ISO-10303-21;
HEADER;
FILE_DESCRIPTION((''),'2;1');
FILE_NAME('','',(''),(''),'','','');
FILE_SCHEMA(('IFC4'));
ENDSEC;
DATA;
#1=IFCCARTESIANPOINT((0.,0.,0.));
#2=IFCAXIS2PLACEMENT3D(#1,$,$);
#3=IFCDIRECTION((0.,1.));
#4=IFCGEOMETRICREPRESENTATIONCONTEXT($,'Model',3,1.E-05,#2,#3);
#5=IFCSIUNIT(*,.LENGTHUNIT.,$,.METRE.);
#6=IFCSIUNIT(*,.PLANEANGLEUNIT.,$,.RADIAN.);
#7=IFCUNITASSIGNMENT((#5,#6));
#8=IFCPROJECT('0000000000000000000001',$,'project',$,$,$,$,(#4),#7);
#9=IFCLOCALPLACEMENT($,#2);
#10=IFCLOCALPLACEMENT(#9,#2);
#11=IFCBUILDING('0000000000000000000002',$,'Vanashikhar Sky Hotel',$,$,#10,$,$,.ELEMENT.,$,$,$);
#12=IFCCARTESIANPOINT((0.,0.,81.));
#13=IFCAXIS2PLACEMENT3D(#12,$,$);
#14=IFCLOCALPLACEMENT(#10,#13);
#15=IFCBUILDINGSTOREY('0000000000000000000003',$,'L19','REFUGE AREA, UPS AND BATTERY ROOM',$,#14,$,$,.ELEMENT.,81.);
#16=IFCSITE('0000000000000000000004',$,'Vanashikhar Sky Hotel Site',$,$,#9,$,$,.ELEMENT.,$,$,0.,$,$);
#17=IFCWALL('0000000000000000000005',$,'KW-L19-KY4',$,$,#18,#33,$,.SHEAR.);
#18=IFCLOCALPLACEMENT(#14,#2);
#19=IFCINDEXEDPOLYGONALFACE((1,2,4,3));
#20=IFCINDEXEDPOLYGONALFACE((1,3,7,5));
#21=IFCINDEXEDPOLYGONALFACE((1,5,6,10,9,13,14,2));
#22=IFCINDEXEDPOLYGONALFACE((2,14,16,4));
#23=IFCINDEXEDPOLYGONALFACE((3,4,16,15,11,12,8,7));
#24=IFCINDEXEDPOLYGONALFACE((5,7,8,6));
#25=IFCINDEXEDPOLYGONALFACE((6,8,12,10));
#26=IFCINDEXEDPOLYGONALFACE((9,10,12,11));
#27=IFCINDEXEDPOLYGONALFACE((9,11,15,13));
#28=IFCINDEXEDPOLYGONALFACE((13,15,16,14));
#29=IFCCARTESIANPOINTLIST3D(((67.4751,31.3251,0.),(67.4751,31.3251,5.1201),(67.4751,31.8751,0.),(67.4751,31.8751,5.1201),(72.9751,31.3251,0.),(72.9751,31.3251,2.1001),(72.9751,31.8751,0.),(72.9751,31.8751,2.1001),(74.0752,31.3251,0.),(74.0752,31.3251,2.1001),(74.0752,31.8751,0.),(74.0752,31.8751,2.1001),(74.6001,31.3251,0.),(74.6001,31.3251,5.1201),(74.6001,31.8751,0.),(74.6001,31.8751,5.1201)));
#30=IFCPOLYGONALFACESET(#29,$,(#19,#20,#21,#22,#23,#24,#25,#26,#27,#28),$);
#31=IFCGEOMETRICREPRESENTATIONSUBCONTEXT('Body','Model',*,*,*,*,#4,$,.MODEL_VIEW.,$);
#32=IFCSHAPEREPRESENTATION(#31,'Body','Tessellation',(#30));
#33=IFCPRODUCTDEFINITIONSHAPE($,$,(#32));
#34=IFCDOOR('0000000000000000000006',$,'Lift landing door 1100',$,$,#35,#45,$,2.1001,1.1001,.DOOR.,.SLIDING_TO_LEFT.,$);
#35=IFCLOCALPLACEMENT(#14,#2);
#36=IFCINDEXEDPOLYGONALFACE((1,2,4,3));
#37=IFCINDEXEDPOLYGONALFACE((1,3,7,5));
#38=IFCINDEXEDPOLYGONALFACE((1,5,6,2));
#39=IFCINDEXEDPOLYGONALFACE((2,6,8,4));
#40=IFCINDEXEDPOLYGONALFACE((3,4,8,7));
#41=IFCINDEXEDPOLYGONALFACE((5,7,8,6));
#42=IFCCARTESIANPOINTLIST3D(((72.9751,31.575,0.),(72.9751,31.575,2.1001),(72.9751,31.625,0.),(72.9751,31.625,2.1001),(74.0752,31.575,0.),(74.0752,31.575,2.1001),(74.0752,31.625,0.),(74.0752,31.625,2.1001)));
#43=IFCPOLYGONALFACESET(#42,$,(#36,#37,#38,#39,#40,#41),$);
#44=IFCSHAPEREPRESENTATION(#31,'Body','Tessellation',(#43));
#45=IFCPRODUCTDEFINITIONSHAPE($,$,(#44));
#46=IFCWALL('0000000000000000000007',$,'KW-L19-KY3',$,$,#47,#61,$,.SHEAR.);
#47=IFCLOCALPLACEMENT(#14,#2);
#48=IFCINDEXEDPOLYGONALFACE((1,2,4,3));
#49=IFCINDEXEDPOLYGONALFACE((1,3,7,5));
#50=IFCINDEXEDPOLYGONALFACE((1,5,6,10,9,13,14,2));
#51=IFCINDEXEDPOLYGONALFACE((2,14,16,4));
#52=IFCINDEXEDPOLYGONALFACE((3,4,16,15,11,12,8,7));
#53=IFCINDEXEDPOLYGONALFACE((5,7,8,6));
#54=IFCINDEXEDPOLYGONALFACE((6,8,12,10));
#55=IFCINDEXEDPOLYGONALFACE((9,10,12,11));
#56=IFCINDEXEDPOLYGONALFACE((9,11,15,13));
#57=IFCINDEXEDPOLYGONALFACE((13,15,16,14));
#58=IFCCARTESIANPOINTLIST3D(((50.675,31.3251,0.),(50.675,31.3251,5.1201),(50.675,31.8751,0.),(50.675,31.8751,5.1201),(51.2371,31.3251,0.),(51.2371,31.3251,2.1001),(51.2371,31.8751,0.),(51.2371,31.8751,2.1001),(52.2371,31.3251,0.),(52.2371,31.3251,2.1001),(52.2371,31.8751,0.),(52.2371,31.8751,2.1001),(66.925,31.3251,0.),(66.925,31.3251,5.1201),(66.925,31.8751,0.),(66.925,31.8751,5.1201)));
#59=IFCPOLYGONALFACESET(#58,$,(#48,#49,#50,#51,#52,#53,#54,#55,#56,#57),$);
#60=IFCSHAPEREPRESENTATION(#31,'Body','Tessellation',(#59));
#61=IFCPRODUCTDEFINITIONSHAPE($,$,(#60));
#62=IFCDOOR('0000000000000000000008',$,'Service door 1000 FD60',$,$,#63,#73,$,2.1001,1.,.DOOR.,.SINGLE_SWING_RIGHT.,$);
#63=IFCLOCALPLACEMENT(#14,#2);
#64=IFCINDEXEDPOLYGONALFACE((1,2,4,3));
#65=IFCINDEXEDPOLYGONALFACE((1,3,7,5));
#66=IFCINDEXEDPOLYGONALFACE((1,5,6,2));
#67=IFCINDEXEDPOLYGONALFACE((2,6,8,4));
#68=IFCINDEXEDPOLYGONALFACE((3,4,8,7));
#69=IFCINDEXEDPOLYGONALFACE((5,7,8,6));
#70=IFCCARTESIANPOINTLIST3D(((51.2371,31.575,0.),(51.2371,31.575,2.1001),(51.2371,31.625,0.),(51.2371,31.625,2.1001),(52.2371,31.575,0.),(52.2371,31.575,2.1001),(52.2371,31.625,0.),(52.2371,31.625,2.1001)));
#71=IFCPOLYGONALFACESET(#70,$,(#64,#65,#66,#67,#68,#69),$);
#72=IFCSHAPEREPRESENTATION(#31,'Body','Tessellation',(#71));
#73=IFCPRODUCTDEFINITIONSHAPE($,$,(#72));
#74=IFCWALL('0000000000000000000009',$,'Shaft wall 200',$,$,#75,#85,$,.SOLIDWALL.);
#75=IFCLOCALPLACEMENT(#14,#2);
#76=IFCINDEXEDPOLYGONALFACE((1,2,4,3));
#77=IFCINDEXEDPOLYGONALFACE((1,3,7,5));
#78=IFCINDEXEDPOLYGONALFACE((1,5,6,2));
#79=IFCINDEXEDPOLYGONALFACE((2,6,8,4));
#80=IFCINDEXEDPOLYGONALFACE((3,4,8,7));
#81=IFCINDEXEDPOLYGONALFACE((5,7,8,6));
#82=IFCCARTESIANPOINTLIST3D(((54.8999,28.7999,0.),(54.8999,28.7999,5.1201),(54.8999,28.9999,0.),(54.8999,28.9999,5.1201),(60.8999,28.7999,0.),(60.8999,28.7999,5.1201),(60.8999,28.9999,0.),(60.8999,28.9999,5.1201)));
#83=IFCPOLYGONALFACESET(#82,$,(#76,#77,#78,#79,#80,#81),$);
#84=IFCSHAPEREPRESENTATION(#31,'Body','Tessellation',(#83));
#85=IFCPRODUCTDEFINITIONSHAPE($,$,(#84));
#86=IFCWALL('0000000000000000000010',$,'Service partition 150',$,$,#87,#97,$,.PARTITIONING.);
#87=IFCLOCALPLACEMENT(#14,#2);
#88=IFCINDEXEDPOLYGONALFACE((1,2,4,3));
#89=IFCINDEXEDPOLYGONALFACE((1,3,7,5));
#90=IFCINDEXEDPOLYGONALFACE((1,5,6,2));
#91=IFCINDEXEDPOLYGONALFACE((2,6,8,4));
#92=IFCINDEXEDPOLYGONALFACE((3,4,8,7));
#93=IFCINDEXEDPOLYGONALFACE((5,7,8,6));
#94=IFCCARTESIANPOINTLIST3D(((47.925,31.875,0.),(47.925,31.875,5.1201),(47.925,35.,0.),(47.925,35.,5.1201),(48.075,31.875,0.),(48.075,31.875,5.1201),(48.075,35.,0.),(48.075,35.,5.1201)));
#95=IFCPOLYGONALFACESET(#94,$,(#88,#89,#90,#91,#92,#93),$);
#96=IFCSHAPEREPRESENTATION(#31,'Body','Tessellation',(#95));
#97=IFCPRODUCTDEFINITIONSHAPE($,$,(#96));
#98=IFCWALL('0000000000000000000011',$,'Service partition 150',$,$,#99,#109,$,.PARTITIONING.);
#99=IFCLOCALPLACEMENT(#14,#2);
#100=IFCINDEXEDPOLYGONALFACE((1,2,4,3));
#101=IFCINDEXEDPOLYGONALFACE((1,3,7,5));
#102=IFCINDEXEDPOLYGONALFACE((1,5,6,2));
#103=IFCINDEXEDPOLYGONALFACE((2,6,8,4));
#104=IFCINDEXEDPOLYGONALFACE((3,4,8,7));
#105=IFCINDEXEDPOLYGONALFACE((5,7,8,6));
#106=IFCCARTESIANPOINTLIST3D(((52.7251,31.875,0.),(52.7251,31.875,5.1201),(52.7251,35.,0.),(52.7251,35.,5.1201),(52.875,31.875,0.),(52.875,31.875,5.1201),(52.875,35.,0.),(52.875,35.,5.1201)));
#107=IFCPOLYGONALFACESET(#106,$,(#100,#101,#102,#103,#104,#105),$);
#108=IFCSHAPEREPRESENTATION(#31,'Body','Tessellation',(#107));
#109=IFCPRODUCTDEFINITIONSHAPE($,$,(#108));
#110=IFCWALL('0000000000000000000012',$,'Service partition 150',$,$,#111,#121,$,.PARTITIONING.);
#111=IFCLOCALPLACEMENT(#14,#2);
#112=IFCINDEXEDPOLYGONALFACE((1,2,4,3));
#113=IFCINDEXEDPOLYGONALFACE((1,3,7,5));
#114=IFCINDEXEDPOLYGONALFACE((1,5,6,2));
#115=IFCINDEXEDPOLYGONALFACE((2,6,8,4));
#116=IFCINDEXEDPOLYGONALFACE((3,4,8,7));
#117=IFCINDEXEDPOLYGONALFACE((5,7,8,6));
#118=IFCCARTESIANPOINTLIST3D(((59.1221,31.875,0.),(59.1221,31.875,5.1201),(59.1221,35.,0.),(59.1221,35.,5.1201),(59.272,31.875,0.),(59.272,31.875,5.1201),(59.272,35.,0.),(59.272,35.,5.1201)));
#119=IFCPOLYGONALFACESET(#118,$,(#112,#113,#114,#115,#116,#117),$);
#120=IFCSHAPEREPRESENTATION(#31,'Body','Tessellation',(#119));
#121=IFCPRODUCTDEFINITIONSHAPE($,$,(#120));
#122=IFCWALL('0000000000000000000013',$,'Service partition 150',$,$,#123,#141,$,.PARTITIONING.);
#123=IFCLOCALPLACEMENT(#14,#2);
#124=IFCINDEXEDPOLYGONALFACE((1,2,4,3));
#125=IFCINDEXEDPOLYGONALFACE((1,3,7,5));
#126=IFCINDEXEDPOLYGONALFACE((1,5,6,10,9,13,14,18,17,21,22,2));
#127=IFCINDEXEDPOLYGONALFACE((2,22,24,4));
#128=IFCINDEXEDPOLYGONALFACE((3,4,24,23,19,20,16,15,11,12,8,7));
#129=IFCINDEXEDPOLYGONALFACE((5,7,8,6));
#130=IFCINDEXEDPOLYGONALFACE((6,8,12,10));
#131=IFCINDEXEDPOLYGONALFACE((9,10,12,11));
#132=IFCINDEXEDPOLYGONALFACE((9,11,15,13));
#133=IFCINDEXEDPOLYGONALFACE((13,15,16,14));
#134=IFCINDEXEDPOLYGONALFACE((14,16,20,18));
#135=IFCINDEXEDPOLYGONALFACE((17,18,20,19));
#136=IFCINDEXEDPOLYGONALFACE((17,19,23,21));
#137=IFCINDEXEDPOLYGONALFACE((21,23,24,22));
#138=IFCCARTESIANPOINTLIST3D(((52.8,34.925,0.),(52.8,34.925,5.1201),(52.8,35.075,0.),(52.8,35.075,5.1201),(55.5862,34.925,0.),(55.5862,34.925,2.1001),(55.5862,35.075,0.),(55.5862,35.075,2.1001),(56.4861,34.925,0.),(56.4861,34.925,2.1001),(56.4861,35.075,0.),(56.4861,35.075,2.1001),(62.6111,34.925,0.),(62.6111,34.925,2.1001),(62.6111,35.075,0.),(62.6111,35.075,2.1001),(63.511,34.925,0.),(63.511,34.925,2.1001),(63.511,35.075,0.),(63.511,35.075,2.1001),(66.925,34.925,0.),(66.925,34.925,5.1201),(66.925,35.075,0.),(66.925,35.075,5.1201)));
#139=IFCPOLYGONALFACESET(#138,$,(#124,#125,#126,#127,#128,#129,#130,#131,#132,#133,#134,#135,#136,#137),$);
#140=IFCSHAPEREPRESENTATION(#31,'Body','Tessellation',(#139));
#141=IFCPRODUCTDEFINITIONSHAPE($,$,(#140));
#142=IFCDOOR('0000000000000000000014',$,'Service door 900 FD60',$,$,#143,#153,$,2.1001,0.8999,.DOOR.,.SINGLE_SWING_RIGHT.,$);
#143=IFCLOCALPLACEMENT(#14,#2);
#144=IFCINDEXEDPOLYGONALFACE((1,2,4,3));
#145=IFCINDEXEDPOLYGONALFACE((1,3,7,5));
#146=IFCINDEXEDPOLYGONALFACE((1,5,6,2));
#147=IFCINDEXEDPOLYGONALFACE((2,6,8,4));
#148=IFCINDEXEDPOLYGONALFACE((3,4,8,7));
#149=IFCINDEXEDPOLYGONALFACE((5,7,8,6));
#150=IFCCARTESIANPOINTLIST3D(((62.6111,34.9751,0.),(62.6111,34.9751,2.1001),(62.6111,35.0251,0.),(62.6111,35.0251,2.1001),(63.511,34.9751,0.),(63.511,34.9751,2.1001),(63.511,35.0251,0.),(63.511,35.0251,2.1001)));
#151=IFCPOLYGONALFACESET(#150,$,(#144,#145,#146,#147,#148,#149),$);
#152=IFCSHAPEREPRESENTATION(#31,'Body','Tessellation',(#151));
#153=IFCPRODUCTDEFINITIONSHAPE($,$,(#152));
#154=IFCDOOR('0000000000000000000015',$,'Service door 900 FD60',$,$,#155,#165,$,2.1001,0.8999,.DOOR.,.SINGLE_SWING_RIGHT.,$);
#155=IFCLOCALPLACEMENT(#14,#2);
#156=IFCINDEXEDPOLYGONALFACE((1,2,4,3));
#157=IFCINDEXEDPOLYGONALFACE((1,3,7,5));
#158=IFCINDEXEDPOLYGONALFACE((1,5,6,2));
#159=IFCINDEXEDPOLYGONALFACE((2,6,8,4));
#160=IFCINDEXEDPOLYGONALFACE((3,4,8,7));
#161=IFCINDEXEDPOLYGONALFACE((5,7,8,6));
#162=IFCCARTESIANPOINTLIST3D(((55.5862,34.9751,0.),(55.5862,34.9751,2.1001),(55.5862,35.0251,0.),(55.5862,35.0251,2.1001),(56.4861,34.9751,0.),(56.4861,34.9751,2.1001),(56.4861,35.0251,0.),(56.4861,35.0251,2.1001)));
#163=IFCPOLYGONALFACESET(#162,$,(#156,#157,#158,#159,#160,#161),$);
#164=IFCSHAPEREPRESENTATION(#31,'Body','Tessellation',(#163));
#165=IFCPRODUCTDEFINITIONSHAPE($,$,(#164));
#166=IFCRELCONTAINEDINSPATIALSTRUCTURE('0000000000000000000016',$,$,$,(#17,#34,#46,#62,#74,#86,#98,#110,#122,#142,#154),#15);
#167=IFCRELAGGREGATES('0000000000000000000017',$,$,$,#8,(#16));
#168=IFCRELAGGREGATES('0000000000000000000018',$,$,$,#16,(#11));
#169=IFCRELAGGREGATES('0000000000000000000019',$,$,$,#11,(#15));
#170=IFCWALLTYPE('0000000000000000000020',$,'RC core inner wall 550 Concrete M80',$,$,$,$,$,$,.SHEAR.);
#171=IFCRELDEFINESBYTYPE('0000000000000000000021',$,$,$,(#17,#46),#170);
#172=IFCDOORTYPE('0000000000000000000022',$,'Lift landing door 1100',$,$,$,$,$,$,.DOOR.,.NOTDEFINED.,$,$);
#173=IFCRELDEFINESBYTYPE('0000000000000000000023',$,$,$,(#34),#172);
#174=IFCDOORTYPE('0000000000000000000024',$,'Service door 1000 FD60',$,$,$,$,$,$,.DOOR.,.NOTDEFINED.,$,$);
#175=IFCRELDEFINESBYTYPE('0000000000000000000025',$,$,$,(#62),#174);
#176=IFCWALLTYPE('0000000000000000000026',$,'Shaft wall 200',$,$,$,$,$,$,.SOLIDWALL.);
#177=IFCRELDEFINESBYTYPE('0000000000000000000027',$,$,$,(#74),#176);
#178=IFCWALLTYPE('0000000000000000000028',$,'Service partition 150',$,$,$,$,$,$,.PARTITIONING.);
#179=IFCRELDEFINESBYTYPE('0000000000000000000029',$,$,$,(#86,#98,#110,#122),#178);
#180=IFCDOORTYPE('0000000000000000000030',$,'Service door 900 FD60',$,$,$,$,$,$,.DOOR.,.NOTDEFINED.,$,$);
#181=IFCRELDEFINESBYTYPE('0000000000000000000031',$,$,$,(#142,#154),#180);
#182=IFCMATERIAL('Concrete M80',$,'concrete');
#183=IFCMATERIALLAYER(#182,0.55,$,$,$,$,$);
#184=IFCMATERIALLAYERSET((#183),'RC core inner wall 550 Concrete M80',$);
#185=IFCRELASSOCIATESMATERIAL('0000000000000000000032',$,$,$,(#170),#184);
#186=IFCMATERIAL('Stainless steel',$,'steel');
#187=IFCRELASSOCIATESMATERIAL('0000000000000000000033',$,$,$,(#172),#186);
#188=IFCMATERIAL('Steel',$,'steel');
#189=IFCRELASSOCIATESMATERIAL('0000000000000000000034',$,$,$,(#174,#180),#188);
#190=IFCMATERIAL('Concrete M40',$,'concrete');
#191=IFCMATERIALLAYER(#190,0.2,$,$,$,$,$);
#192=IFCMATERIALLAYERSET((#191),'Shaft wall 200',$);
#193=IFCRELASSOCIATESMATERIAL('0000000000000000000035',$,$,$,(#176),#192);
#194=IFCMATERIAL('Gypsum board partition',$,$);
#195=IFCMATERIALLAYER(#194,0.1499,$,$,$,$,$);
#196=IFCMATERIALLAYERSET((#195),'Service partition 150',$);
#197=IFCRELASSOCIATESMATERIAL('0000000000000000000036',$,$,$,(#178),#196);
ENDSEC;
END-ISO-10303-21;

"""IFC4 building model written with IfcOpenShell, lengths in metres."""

from ifc_helpers import new_model, si_unit, direction, frame, frame_2d, origin, place, context, subcontext, project, spatial, rectangle, extrude, source, transform, mapped, material, layer, layer_set, type_object, element, fill, save


model = new_model("IFC4")

# Units and contexts
model_context = context("Model", 3, precision=1e-05, world=origin(), true_north=direction((0.0, 1.0)))
body_context = subcontext(model_context, "Body", "Model", "MODEL_VIEW")
ifc_project = project(units=[si_unit("LENGTHUNIT", "METRE"), si_unit("PLANEANGLEUNIT", "RADIAN")], contexts=[model_context])

# Site, building, storey
site_placement = place(None, origin())
site = spatial("IfcSite", under=ifc_project, at=site_placement, Name="Vanashikhar Sky Hotel Site", CompositionType="ELEMENT", RefElevation=0.0)
building_placement = place(site_placement, origin())
building = spatial("IfcBuilding", under=site, at=building_placement, Name="Vanashikhar Sky Hotel", CompositionType="ELEMENT")
storey_placement = place(building_placement, frame((0.0, 0.0, 81.0)))
storey = spatial("IfcBuildingStorey", under=building, at=storey_placement, Name="L19", Description="REFUGE AREA, UPS AND BATTERY ROOM", CompositionType="ELEMENT", Elevation=81.0)

# Walls, openings, doors
ifc_material_1 = material(Name="Concrete M80", Category="concrete")
ifc_layer_1 = layer(ifc_material_1, 0.55)
ifc_layer_set_1 = layer_set([ifc_layer_1], Name="RC core inner wall 550 Concrete M80")
wall_type_1 = type_object("IfcWallType", Name="RC core inner wall 550 Concrete M80", PredefinedType="SHEAR", material=ifc_layer_set_1)
shared_shape_1 = source(origin(), body_context, "Body", "SweptSolid", [
    extrude(rectangle(XDim=7.125, YDim=0.55, at=frame_2d((3.5625, 0.0))), origin(), (0.0, 0.0, 1.0), 5.1201),
])
wall_1_placement = place(storey_placement, frame((67.4751, 31.6001, 0.0), z_axis=(0.0, 0.0, 1.0), x_axis=(1.0, 0.0, 0.0)))
wall_1 = element("IfcWall", 1, at=wall_1_placement, inside=storey, type_object=wall_type_1, Name="KW-L19-KY4", PredefinedType="SHEAR", context=body_context, shape_type="MappedRepresentation", body=[
    mapped(shared_shape_1, transform((0.0, 0.0, 0.0), scale=1.0)),
])
shared_shape_2 = source(origin(), body_context, "Body", "SweptSolid", [
    extrude(rectangle(XDim=1.1001, YDim=2.1001, at=frame_2d((0.55, 1.05))), frame((0.0, 0.2852, 0.0), z_axis=(0.0, -1.0, 0.0), x_axis=(1.0, 0.0, 0.0)), (0.0, 0.0, 1.0), 0.5701),
])
opening_1_placement = place(wall_1_placement, frame((5.5, 0.0, 0.0)))
opening_1 = element("IfcOpeningElement", 2, at=opening_1_placement, cuts=wall_1, PredefinedType="OPENING", context=body_context, shape_type="MappedRepresentation", body=[
    mapped(shared_shape_2, transform((0.0, 0.0, 0.0), scale=1.0)),
])
ifc_material_2 = material(Name="Stainless steel", Category="steel")
door_type_1 = type_object("IfcDoorType", Name="Lift landing door 1100", OperationType="NOTDEFINED", PredefinedType="DOOR", material=ifc_material_2)
shared_shape_3 = source(origin(), body_context, "Body", "SweptSolid", [
    extrude(rectangle(XDim=1.1001, YDim=2.1001, at=frame_2d((0.55, 1.05))), frame((0.0, 0.0249, 0.0), z_axis=(0.0, -1.0, 0.0), x_axis=(1.0, 0.0, 0.0)), (0.0, 0.0, 1.0), 0.05),
])
door_1_placement = place(opening_1_placement, origin())
door_1 = element("IfcDoor", 3, at=door_1_placement, inside=storey, type_object=door_type_1, Name="Lift landing door 1100", OperationType="SLIDING_TO_LEFT", OverallHeight=2.1001, OverallWidth=1.1001, PredefinedType="DOOR", context=body_context, shape_type="MappedRepresentation", body=[
    mapped(shared_shape_3, transform((0.0, 0.0, 0.0), scale=1.0)),
])
fill(opening_1, door_1)
shared_shape_4 = source(origin(), body_context, "Body", "SweptSolid", [
    extrude(rectangle(XDim=16.25, YDim=0.55, at=frame_2d((8.125, 0.0))), origin(), (0.0, 0.0, 1.0), 5.1201),
])
wall_2_placement = place(storey_placement, frame((50.675, 31.6001, 0.0), z_axis=(0.0, 0.0, 1.0), x_axis=(1.0, 0.0, 0.0)))
wall_2 = element("IfcWall", 4, at=wall_2_placement, inside=storey, type_object=wall_type_1, Name="KW-L19-KY3", PredefinedType="SHEAR", context=body_context, shape_type="MappedRepresentation", body=[
    mapped(shared_shape_4, transform((0.0, 0.0, 0.0), scale=1.0)),
])
shared_shape_5 = source(origin(), body_context, "Body", "SweptSolid", [
    extrude(rectangle(XDim=1.0, YDim=2.1001, at=frame_2d((0.5, 1.05))), frame((0.0, 0.2852, 0.0), z_axis=(0.0, -1.0, 0.0), x_axis=(1.0, 0.0, 0.0)), (0.0, 0.0, 1.0), 0.5701),
])
opening_2_placement = place(wall_2_placement, frame((0.562, 0.0, 0.0)))
opening_2 = element("IfcOpeningElement", 5, at=opening_2_placement, cuts=wall_2, PredefinedType="OPENING", context=body_context, shape_type="MappedRepresentation", body=[
    mapped(shared_shape_5, transform((0.0, 0.0, 0.0), scale=1.0)),
])
ifc_material_3 = material(Name="Steel", Category="steel")
door_type_2 = type_object("IfcDoorType", Name="Service door 1000 FD60", OperationType="NOTDEFINED", PredefinedType="DOOR", material=ifc_material_3)
shared_shape_6 = source(origin(), body_context, "Body", "SweptSolid", [
    extrude(rectangle(XDim=1.0, YDim=2.1001, at=frame_2d((0.5, 1.05))), frame((0.0, 0.0249, 0.0), z_axis=(0.0, -1.0, 0.0), x_axis=(1.0, 0.0, 0.0)), (0.0, 0.0, 1.0), 0.05),
])
door_2_placement = place(opening_2_placement, origin())
door_2 = element("IfcDoor", 6, at=door_2_placement, inside=storey, type_object=door_type_2, Name="Service door 1000 FD60", OperationType="SINGLE_SWING_RIGHT", OverallHeight=2.1001, OverallWidth=1.0, PredefinedType="DOOR", context=body_context, shape_type="MappedRepresentation", body=[
    mapped(shared_shape_6, transform((0.0, 0.0, 0.0), scale=1.0)),
])
fill(opening_2, door_2)

# Walls
ifc_material_4 = material(Name="Concrete M40", Category="concrete")
ifc_layer_2 = layer(ifc_material_4, 0.2)
ifc_layer_set_2 = layer_set([ifc_layer_2], Name="Shaft wall 200")
wall_type_2 = type_object("IfcWallType", Name="Shaft wall 200", PredefinedType="SOLIDWALL", material=ifc_layer_set_2)
shared_shape_7 = source(origin(), body_context, "Body", "SweptSolid", [
    extrude(rectangle(XDim=6.0, YDim=0.2, at=frame_2d((3.0, 0.0))), origin(), (0.0, 0.0, 1.0), 5.1201),
])
wall_3_placement = place(storey_placement, frame((60.8999, 28.8999, 0.0), z_axis=(0.0, 0.0, 1.0), x_axis=(-1.0, 0.0, 0.0)))
element("IfcWall", 7, at=wall_3_placement, inside=storey, type_object=wall_type_2, Name="Shaft wall 200", PredefinedType="SOLIDWALL", context=body_context, shape_type="MappedRepresentation", body=[
    mapped(shared_shape_7, transform((0.0, 0.0, 0.0), scale=1.0)),
])
ifc_material_5 = material(Name="Gypsum board partition")
ifc_layer_3 = layer(ifc_material_5, 0.1499)
ifc_layer_set_3 = layer_set([ifc_layer_3], Name="Service partition 150")
wall_type_3 = type_object("IfcWallType", Name="Service partition 150", PredefinedType="PARTITIONING", material=ifc_layer_set_3)
shared_shape_8 = source(origin(), body_context, "Body", "SweptSolid", [
    extrude(rectangle(XDim=3.125, YDim=0.1499, at=frame_2d((1.5625, 0.0))), origin(), (0.0, 0.0, 1.0), 5.1201),
])
for number, where, z_axis, x_axis, name in (
    (8, (48.0, 31.875, 0.0), (0.0, 0.0, 1.0), (0.0, 1.0, 0.0), "Service partition 150"),
    (9, (52.8, 31.875, 0.0), (0.0, 0.0, 1.0), (0.0, 1.0, 0.0), "Service partition 150"),
    (10, (59.197, 31.875, 0.0), (0.0, 0.0, 1.0), (0.0, 1.0, 0.0), "Service partition 150"),
):
    element("IfcWall", number, at=place(storey_placement, frame(where, z_axis=z_axis, x_axis=x_axis)), inside=storey, type_object=wall_type_3, Name=name, PredefinedType="PARTITIONING", context=body_context, shape_type="MappedRepresentation", body=[
        mapped(shared_shape_8, transform((0.0, 0.0, 0.0), scale=1.0)),
    ])

# Wall, openings, doors
shared_shape_9 = source(origin(), body_context, "Body", "SweptSolid", [
    extrude(rectangle(XDim=14.125, YDim=0.1499, at=frame_2d((7.0625, 0.0))), origin(), (0.0, 0.0, 1.0), 5.1201),
])
wall_4_placement = place(storey_placement, frame((66.925, 35.0, 0.0), z_axis=(0.0, 0.0, 1.0), x_axis=(-1.0, 0.0, 0.0)))
wall_4 = element("IfcWall", 11, at=wall_4_placement, inside=storey, type_object=wall_type_3, Name="Service partition 150", PredefinedType="PARTITIONING", context=body_context, shape_type="MappedRepresentation", body=[
    mapped(shared_shape_9, transform((0.0, 0.0, 0.0), scale=1.0)),
])
shared_shape_10 = source(origin(), body_context, "Body", "SweptSolid", [
    extrude(rectangle(XDim=0.8999, YDim=2.1001, at=frame_2d((0.45, 1.05))), frame((0.0, 0.085, 0.0), z_axis=(0.0, -1.0, 0.0), x_axis=(1.0, 0.0, 0.0)), (0.0, 0.0, 1.0), 0.1699),
])
opening_3_placement = place(wall_4_placement, frame((3.4141, 0.0, 0.0)))
opening_3 = element("IfcOpeningElement", 12, at=opening_3_placement, cuts=wall_4, PredefinedType="OPENING", context=body_context, shape_type="MappedRepresentation", body=[
    mapped(shared_shape_10, transform((0.0, 0.0, 0.0), scale=1.0)),
])
opening_4_placement = place(wall_4_placement, frame((10.439, 0.0, 0.0)))
opening_4 = element("IfcOpeningElement", 13, at=opening_4_placement, cuts=wall_4, PredefinedType="OPENING", context=body_context, shape_type="MappedRepresentation", body=[
    mapped(shared_shape_10, transform((0.0, 0.0, 0.0), scale=1.0)),
])
door_type_3 = type_object("IfcDoorType", Name="Service door 900 FD60", OperationType="NOTDEFINED", PredefinedType="DOOR", material=ifc_material_3)
shared_shape_11 = source(origin(), body_context, "Body", "SweptSolid", [
    extrude(rectangle(XDim=0.8999, YDim=2.1001, at=frame_2d((0.45, 1.05))), frame((0.0, 0.0249, 0.0), z_axis=(0.0, -1.0, 0.0), x_axis=(1.0, 0.0, 0.0)), (0.0, 0.0, 1.0), 0.05),
])
door_3_placement = place(opening_3_placement, origin())
door_3 = element("IfcDoor", 14, at=door_3_placement, inside=storey, type_object=door_type_3, Name="Service door 900 FD60", OperationType="SINGLE_SWING_RIGHT", OverallHeight=2.1001, OverallWidth=0.8999, PredefinedType="DOOR", context=body_context, shape_type="MappedRepresentation", body=[
    mapped(shared_shape_11, transform((0.0, 0.0, 0.0), scale=1.0)),
])
fill(opening_3, door_3)
door_4_placement = place(opening_4_placement, origin())
door_4 = element("IfcDoor", 15, at=door_4_placement, inside=storey, type_object=door_type_3, Name="Service door 900 FD60", OperationType="SINGLE_SWING_RIGHT", OverallHeight=2.1001, OverallWidth=0.8999, PredefinedType="DOOR", context=body_context, shape_type="MappedRepresentation", body=[
    mapped(shared_shape_11, transform((0.0, 0.0, 0.0), scale=1.0)),
])
fill(opening_4, door_4)

save(model, "model.ifc")
